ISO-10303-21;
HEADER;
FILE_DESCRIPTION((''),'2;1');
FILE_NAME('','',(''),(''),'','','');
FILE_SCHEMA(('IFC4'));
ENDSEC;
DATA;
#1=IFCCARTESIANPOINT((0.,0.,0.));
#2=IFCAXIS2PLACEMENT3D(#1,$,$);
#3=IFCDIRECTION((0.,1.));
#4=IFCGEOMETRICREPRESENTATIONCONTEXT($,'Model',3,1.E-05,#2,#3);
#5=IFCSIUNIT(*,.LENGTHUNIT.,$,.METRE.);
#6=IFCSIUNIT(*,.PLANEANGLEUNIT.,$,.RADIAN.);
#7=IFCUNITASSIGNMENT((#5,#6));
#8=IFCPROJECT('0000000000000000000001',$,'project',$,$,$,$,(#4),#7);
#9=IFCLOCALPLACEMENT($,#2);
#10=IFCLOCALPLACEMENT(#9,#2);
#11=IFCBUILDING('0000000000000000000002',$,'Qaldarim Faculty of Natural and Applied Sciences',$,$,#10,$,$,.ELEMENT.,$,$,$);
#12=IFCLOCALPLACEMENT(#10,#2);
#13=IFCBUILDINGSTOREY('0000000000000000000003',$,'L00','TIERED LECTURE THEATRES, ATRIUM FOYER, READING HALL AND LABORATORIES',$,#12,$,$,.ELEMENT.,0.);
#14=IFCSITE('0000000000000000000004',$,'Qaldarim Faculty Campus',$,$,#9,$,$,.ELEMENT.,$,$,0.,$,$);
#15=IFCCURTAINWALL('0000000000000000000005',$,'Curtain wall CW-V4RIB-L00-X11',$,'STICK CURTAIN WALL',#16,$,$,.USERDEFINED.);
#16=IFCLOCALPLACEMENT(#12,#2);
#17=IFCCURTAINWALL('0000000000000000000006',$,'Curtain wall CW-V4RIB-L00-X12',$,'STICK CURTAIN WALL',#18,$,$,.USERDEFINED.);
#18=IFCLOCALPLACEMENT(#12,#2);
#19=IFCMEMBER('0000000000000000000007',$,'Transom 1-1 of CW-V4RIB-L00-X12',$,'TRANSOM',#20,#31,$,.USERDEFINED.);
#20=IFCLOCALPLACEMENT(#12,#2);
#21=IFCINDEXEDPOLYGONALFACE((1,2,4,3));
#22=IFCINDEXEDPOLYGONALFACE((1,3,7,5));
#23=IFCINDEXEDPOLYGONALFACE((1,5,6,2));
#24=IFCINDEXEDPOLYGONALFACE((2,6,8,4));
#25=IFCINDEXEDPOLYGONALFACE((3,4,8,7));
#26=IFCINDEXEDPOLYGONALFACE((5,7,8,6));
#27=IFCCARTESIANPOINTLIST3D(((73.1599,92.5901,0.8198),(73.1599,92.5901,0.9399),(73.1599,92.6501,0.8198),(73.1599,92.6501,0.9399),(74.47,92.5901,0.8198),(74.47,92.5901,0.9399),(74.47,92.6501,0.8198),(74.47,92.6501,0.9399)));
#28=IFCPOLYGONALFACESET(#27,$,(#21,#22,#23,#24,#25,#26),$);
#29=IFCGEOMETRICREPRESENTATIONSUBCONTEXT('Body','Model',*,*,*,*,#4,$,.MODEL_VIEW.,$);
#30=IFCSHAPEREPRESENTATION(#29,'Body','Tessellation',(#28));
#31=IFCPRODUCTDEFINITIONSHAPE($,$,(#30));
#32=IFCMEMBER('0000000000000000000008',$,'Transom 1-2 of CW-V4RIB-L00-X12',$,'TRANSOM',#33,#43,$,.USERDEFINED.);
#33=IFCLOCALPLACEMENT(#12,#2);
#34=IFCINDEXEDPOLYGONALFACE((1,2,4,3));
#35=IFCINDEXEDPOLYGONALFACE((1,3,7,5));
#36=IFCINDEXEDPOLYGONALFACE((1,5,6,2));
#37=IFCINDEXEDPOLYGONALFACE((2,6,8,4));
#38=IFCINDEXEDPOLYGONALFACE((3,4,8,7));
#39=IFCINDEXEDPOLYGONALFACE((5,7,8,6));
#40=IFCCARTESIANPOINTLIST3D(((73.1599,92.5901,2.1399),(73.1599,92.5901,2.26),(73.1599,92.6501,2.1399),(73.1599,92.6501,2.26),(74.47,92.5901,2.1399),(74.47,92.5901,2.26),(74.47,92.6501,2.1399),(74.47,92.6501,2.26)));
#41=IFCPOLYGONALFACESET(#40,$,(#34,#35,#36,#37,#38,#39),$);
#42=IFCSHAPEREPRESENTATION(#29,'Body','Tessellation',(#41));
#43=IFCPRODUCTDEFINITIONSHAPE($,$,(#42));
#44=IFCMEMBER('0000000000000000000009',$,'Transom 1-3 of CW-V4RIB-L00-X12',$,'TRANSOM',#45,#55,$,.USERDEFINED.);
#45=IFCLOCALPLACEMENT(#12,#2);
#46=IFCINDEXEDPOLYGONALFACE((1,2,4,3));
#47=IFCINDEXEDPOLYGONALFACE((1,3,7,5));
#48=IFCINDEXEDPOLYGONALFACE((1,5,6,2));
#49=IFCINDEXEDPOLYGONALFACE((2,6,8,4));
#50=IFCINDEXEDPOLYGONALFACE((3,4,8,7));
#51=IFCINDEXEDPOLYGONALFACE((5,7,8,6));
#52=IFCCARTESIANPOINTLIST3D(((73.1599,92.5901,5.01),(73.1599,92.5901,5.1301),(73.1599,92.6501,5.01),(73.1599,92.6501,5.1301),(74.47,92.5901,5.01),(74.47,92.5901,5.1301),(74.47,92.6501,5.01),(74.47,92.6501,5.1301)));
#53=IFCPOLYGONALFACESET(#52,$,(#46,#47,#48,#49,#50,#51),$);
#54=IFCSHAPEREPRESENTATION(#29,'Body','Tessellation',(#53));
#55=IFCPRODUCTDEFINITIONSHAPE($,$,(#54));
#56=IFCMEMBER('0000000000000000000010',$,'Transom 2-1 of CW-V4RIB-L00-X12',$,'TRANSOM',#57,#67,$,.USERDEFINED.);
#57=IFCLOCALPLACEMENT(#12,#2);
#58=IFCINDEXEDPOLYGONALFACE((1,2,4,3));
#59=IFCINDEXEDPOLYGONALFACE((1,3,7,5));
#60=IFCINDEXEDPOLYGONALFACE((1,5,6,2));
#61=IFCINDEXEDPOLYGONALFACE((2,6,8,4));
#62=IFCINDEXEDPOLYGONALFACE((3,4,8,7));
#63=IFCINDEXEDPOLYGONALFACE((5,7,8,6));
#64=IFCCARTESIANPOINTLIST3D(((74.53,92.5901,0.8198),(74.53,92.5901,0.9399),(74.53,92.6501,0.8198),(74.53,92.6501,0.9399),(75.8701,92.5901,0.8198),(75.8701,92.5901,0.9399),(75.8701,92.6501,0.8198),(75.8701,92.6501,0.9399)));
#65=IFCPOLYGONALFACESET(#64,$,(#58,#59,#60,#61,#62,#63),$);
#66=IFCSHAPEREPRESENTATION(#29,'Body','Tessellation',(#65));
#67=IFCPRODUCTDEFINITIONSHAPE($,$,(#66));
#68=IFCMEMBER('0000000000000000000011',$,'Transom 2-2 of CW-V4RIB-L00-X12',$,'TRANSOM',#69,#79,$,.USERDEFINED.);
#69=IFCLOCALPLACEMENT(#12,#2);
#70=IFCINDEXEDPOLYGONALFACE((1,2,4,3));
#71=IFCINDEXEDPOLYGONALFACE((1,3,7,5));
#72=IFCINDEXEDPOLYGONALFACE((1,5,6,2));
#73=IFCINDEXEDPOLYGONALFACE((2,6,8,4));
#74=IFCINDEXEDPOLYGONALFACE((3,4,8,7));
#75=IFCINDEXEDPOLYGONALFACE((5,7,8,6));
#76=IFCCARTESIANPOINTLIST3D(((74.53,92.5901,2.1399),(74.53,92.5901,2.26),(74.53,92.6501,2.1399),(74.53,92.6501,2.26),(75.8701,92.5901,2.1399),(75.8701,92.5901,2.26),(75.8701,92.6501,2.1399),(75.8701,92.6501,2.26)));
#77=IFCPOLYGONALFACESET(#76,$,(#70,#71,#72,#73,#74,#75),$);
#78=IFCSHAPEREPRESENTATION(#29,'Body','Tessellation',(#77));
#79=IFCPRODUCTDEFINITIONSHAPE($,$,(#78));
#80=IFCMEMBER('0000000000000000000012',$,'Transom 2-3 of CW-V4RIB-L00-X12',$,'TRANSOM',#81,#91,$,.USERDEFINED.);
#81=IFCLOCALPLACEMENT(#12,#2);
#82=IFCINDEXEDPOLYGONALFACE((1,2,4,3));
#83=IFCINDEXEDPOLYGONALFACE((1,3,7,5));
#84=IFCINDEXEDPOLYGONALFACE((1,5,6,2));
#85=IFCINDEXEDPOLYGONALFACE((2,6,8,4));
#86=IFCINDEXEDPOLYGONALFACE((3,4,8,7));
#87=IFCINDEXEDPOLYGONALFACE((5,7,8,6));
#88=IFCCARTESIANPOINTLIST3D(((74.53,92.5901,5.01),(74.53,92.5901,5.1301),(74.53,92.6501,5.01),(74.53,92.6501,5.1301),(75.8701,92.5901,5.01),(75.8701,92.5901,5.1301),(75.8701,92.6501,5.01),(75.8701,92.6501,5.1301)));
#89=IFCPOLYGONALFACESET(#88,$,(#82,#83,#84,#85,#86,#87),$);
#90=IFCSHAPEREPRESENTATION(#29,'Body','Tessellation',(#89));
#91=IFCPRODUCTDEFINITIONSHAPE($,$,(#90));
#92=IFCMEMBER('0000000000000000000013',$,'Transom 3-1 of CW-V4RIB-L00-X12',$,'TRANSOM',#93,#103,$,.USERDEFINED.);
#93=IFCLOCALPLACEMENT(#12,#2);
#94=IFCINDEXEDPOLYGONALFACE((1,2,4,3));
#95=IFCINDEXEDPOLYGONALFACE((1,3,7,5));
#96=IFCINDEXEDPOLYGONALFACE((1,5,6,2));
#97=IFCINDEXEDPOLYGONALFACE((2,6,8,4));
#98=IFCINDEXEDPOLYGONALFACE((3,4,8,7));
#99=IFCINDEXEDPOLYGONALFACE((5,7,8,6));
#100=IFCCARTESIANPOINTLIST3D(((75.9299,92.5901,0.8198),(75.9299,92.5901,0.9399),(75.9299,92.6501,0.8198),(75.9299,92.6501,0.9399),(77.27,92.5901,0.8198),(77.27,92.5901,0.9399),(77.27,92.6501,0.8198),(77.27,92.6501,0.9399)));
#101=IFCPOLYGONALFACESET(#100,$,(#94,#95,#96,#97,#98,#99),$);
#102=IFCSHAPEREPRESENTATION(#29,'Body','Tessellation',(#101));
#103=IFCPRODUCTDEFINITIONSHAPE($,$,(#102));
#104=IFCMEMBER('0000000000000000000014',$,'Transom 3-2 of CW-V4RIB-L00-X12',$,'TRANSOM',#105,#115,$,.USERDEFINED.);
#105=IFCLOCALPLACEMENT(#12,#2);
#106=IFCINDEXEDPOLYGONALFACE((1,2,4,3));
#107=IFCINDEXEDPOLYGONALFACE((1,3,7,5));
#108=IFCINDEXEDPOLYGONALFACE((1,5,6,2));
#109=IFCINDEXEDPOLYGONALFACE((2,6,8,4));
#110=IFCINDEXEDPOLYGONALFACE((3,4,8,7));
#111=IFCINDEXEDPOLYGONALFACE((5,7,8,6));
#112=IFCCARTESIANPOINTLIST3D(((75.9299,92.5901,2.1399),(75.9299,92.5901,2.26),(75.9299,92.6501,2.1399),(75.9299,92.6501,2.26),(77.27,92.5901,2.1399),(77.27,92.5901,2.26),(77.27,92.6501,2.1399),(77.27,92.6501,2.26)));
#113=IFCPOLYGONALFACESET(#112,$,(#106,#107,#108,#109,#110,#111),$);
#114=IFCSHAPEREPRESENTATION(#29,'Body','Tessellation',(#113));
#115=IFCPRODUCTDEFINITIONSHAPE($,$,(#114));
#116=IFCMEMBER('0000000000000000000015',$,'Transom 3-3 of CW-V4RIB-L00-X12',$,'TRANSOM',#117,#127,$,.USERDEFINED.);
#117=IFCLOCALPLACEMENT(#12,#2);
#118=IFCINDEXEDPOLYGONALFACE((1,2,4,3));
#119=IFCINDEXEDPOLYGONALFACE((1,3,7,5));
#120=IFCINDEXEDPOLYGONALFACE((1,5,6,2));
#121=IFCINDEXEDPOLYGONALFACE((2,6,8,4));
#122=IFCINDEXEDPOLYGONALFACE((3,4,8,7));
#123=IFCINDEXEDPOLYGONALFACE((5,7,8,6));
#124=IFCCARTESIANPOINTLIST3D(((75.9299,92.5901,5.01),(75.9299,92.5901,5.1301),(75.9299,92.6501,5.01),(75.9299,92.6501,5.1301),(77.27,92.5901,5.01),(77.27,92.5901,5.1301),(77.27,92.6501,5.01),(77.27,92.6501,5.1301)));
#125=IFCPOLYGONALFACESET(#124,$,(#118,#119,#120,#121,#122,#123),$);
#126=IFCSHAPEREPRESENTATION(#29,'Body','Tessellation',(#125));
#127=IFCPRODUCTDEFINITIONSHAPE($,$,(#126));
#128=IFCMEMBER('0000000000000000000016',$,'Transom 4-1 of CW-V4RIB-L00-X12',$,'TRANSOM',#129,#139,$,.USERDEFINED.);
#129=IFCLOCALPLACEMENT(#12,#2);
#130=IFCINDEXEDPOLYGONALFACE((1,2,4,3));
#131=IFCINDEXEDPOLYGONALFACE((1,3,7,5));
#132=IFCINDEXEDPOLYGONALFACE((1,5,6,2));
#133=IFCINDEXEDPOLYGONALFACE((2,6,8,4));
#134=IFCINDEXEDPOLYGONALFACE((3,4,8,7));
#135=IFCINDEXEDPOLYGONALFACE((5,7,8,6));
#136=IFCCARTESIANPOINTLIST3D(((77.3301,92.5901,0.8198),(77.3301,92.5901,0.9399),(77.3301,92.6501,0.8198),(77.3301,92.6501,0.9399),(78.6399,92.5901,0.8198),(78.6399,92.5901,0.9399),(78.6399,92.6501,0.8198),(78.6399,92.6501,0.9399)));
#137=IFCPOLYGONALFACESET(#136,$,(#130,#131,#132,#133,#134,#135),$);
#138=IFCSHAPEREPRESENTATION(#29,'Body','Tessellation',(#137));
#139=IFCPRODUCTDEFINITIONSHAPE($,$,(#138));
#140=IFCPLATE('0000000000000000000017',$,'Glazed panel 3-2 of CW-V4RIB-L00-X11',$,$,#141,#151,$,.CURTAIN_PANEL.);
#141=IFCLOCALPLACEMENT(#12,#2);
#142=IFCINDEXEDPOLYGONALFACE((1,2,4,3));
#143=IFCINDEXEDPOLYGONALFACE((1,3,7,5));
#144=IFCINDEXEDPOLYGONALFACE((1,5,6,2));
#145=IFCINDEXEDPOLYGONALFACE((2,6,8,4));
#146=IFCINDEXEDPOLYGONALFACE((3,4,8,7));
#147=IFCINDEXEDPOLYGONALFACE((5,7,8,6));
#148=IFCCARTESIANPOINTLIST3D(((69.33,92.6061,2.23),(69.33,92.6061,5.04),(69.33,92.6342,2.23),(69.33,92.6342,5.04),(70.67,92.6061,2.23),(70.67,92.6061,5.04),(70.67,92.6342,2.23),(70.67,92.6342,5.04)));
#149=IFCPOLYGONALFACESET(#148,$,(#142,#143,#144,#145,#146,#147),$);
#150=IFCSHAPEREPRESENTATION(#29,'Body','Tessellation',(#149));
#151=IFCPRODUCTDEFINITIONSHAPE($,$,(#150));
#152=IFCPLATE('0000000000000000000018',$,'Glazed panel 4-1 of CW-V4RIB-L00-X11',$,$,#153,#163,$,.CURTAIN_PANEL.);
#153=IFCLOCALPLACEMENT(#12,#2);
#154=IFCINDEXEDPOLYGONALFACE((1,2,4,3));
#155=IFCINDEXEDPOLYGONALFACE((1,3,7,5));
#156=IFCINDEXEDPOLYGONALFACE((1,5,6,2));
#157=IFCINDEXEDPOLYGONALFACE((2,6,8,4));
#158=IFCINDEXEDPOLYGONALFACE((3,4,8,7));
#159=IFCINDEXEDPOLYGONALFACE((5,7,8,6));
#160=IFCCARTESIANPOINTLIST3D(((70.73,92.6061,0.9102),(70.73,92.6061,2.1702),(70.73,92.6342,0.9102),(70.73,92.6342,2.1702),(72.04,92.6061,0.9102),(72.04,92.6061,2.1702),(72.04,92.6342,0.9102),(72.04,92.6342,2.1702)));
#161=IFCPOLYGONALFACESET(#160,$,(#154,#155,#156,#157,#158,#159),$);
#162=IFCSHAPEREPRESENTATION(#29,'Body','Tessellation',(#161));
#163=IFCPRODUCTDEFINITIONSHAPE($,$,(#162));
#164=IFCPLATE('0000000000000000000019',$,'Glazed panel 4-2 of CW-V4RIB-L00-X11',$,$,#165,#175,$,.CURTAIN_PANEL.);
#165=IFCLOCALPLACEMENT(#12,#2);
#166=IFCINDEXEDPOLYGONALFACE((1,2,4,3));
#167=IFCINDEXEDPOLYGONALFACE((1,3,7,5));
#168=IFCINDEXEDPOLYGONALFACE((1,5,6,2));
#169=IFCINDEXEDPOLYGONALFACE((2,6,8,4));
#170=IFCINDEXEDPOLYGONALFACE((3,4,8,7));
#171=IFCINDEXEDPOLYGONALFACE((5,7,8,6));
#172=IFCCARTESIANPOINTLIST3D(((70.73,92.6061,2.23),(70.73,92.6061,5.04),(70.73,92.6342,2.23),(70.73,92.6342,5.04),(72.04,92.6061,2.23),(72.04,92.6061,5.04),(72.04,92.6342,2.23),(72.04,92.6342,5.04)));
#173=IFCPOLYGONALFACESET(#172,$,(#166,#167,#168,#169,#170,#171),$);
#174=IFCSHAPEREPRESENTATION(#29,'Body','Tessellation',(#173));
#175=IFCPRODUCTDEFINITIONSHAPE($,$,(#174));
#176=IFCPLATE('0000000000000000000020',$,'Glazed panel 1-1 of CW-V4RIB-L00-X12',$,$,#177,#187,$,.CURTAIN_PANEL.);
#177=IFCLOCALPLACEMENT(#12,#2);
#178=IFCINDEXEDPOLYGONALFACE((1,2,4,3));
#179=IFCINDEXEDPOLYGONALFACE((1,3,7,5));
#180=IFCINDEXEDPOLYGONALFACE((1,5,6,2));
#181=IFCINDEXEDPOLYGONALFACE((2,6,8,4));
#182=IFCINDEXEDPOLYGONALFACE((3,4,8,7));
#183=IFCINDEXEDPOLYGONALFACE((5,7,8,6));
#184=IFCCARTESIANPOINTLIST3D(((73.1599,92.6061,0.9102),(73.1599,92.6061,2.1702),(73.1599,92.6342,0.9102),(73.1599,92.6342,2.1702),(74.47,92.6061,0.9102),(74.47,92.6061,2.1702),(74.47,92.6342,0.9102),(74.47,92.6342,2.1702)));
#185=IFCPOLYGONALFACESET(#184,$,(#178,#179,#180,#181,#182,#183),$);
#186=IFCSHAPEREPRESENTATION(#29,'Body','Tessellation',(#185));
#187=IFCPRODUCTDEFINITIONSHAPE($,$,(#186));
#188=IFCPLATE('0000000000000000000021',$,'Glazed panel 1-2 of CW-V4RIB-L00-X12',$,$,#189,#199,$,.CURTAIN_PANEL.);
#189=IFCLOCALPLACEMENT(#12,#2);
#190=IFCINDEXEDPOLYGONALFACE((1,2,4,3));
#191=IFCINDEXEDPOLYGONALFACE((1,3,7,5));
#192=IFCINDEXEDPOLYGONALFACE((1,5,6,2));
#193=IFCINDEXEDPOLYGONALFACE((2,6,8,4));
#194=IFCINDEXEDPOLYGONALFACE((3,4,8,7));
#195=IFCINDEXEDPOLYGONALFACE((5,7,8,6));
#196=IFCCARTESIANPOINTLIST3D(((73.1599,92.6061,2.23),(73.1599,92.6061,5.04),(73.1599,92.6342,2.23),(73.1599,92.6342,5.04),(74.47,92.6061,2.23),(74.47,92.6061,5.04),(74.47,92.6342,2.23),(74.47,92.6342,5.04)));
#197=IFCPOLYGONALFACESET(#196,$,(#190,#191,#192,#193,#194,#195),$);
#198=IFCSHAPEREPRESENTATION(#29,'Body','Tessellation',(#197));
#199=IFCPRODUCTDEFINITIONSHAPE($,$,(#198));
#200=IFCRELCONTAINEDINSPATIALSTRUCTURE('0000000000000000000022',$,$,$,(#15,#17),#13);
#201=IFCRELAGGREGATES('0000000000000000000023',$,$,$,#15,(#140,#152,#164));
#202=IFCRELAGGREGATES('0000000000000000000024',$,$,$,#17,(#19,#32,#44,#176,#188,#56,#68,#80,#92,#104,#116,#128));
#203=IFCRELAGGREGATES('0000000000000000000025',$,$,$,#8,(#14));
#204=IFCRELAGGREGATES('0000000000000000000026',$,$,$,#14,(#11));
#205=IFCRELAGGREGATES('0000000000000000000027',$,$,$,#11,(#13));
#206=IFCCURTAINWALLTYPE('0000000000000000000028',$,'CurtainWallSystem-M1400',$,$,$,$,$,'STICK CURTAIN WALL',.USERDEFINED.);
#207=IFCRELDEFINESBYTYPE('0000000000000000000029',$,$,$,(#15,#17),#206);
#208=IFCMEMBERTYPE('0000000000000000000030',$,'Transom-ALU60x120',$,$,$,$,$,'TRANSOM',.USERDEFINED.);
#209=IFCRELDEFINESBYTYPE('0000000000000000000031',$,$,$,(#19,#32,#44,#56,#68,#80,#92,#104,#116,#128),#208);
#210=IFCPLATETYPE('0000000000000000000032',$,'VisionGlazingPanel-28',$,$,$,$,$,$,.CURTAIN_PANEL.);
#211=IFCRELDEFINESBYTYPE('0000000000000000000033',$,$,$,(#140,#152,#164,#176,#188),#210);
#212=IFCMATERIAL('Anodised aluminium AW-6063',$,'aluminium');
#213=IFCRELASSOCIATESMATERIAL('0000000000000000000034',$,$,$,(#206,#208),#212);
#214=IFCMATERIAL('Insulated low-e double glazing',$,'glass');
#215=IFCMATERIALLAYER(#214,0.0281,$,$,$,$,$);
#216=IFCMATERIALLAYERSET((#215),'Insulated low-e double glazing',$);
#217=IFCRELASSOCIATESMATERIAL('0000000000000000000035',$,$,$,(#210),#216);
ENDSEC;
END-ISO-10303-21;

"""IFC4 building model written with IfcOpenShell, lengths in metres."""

from ifc_helpers import new_model, si_unit, direction, frame, origin, origin_2d, place, context, subcontext, project, spatial, rectangle, extrude, material, layer, layer_set, material_profile, profile_set, type_object, element, aggregate, save


model = new_model("IFC4")

# Units and contexts
model_context = context("Model", 3, precision=1e-05, world=origin(), true_north=direction((0.0, 1.0)))
body_context = subcontext(model_context, "Body", "Model", "MODEL_VIEW")
ifc_project = project(units=[si_unit("LENGTHUNIT", "METRE"), si_unit("PLANEANGLEUNIT", "RADIAN")], contexts=[model_context])

# Site, building, storey
site_placement = place(None, origin())
site = spatial("IfcSite", under=ifc_project, at=site_placement, Name="Qaldarim Faculty Campus", CompositionType="ELEMENT", RefElevation=0.0)
building_placement = place(site_placement, origin())
building = spatial("IfcBuilding", under=site, at=building_placement, Name="Qaldarim Faculty of Natural and Applied Sciences", CompositionType="ELEMENT")
storey_placement = place(building_placement, origin())
storey = spatial("IfcBuildingStorey", under=building, at=storey_placement, Name="L00", Description="TIERED LECTURE THEATRES, ATRIUM FOYER, READING HALL AND LABORATORIES", CompositionType="ELEMENT", Elevation=0.0)

# Curtain walls
ifc_material_1 = material(Name="Anodised aluminium AW-6063", Category="aluminium")
curtain_wall_type = type_object("IfcCurtainWallType", Name="CurtainWallSystem-M1400", ElementType="STICK CURTAIN WALL", PredefinedType="USERDEFINED", material=ifc_material_1)
curtain_wall_1_placement = place(storey_placement, origin())
curtain_wall_1 = element("IfcCurtainWall", 1, at=curtain_wall_1_placement, inside=storey, type_object=curtain_wall_type, Name="Curtain wall CW-V4RIB-L00-X11", ObjectType="STICK CURTAIN WALL", PredefinedType="USERDEFINED")
curtain_wall_2_placement = place(storey_placement, origin())
curtain_wall_2 = element("IfcCurtainWall", 2, at=curtain_wall_2_placement, inside=storey, type_object=curtain_wall_type, Name="Curtain wall CW-V4RIB-L00-X12", ObjectType="STICK CURTAIN WALL", PredefinedType="USERDEFINED")

# Members
ifc_material_profile_1 = material_profile(ifc_material_1, rectangle(XDim=0.0601, YDim=0.1201, at=origin_2d()), Name="ALU-T60x120")
ifc_profile_set_1 = profile_set([ifc_material_profile_1], Name="Anodised aluminium AW-6063")
member_type_1 = type_object("IfcMemberType", Name="Transom-ALU60x120", ElementType="TRANSOM", PredefinedType="USERDEFINED", material=ifc_profile_set_1)
member_1_placement = place(storey_placement, frame((73.1599, 92.6201, 0.8799), z_axis=(1.0, 0.0, 0.0), x_axis=(0.0, 1.0, 0.0)))
member_1 = element("IfcMember", 3, at=member_1_placement, type_object=member_type_1, Name="Transom 1-1 of CW-V4RIB-L00-X12", ObjectType="TRANSOM", PredefinedType="USERDEFINED", context=body_context, shape_type="SweptSolid", body=[
    extrude(rectangle(XDim=0.0601, YDim=0.1201, at=origin_2d()), origin(), (0.0, 0.0, 1.0), 1.3101),
])
member_2_placement = place(storey_placement, frame((73.1599, 92.6201, 2.2), z_axis=(1.0, 0.0, 0.0), x_axis=(0.0, 1.0, 0.0)))
member_2 = element("IfcMember", 4, at=member_2_placement, type_object=member_type_1, Name="Transom 1-2 of CW-V4RIB-L00-X12", ObjectType="TRANSOM", PredefinedType="USERDEFINED", context=body_context, shape_type="SweptSolid", body=[
    extrude(rectangle(XDim=0.0601, YDim=0.1201, at=origin_2d()), origin(), (0.0, 0.0, 1.0), 1.3101),
])
member_3_placement = place(storey_placement, frame((73.1599, 92.6201, 5.0701), z_axis=(1.0, 0.0, 0.0), x_axis=(0.0, 1.0, 0.0)))
member_3 = element("IfcMember", 5, at=member_3_placement, type_object=member_type_1, Name="Transom 1-3 of CW-V4RIB-L00-X12", ObjectType="TRANSOM", PredefinedType="USERDEFINED", context=body_context, shape_type="SweptSolid", body=[
    extrude(rectangle(XDim=0.0601, YDim=0.1201, at=origin_2d()), origin(), (0.0, 0.0, 1.0), 1.3101),
])
member_4_placement = place(storey_placement, frame((74.53, 92.6201, 0.8799), z_axis=(1.0, 0.0, 0.0), x_axis=(0.0, 1.0, 0.0)))
member_4 = element("IfcMember", 6, at=member_4_placement, type_object=member_type_1, Name="Transom 2-1 of CW-V4RIB-L00-X12", ObjectType="TRANSOM", PredefinedType="USERDEFINED", context=body_context, shape_type="SweptSolid", body=[
    extrude(rectangle(XDim=0.0601, YDim=0.1201, at=origin_2d()), origin(), (0.0, 0.0, 1.0), 1.3401),
])
member_5_placement = place(storey_placement, frame((74.53, 92.6201, 2.2), z_axis=(1.0, 0.0, 0.0), x_axis=(0.0, 1.0, 0.0)))
member_5 = element("IfcMember", 7, at=member_5_placement, type_object=member_type_1, Name="Transom 2-2 of CW-V4RIB-L00-X12", ObjectType="TRANSOM", PredefinedType="USERDEFINED", context=body_context, shape_type="SweptSolid", body=[
    extrude(rectangle(XDim=0.0601, YDim=0.1201, at=origin_2d()), origin(), (0.0, 0.0, 1.0), 1.3401),
])
member_6_placement = place(storey_placement, frame((74.53, 92.6201, 5.0701), z_axis=(1.0, 0.0, 0.0), x_axis=(0.0, 1.0, 0.0)))
member_6 = element("IfcMember", 8, at=member_6_placement, type_object=member_type_1, Name="Transom 2-3 of CW-V4RIB-L00-X12", ObjectType="TRANSOM", PredefinedType="USERDEFINED", context=body_context, shape_type="SweptSolid", body=[
    extrude(rectangle(XDim=0.0601, YDim=0.1201, at=origin_2d()), origin(), (0.0, 0.0, 1.0), 1.3401),
])
member_7_placement = place(storey_placement, frame((75.9299, 92.6201, 0.8799), z_axis=(1.0, 0.0, 0.0), x_axis=(0.0, 1.0, 0.0)))
member_7 = element("IfcMember", 9, at=member_7_placement, type_object=member_type_1, Name="Transom 3-1 of CW-V4RIB-L00-X12", ObjectType="TRANSOM", PredefinedType="USERDEFINED", context=body_context, shape_type="SweptSolid", body=[
    extrude(rectangle(XDim=0.0601, YDim=0.1201, at=origin_2d()), origin(), (0.0, 0.0, 1.0), 1.3401),
])
member_8_placement = place(storey_placement, frame((75.9299, 92.6201, 2.2), z_axis=(1.0, 0.0, 0.0), x_axis=(0.0, 1.0, 0.0)))
member_8 = element("IfcMember", 10, at=member_8_placement, type_object=member_type_1, Name="Transom 3-2 of CW-V4RIB-L00-X12", ObjectType="TRANSOM", PredefinedType="USERDEFINED", context=body_context, shape_type="SweptSolid", body=[
    extrude(rectangle(XDim=0.0601, YDim=0.1201, at=origin_2d()), origin(), (0.0, 0.0, 1.0), 1.3401),
])
member_9_placement = place(storey_placement, frame((75.9299, 92.6201, 5.0701), z_axis=(1.0, 0.0, 0.0), x_axis=(0.0, 1.0, 0.0)))
member_9 = element("IfcMember", 11, at=member_9_placement, type_object=member_type_1, Name="Transom 3-3 of CW-V4RIB-L00-X12", ObjectType="TRANSOM", PredefinedType="USERDEFINED", context=body_context, shape_type="SweptSolid", body=[
    extrude(rectangle(XDim=0.0601, YDim=0.1201, at=origin_2d()), origin(), (0.0, 0.0, 1.0), 1.3401),
])
member_10_placement = place(storey_placement, frame((77.3301, 92.6201, 0.8799), z_axis=(1.0, 0.0, 0.0), x_axis=(0.0, 1.0, 0.0)))
member_10 = element("IfcMember", 12, at=member_10_placement, type_object=member_type_1, Name="Transom 4-1 of CW-V4RIB-L00-X12", ObjectType="TRANSOM", PredefinedType="USERDEFINED", context=body_context, shape_type="SweptSolid", body=[
    extrude(rectangle(XDim=0.0601, YDim=0.1201, at=origin_2d()), origin(), (0.0, 0.0, 1.0), 1.3098),
])

# Plates
ifc_material_2 = material(Name="Insulated low-e double glazing", Category="glass")
ifc_layer_1 = layer(ifc_material_2, 0.0281)
ifc_layer_set_1 = layer_set([ifc_layer_1], Name="Insulated low-e double glazing")
plate_type = type_object("IfcPlateType", Name="VisionGlazingPanel-28", PredefinedType="CURTAIN_PANEL", material=ifc_layer_set_1)
plate_1_placement = place(storey_placement, frame((70.0, 92.6201, 2.23), z_axis=(0.0, 0.0, 1.0), x_axis=(1.0, 0.0, 0.0)))
plate_1 = element("IfcPlate", 13, at=plate_1_placement, type_object=plate_type, Name="Glazed panel 3-2 of CW-V4RIB-L00-X11", PredefinedType="CURTAIN_PANEL", context=body_context, shape_type="SweptSolid", body=[
    extrude(rectangle(XDim=1.3401, YDim=0.0281, at=origin_2d()), origin(), (0.0, 0.0, 1.0), 2.8101),
])
plate_2_placement = place(storey_placement, frame((71.385, 92.6201, 0.9102), z_axis=(0.0, 0.0, 1.0), x_axis=(1.0, 0.0, 0.0)))
plate_2 = element("IfcPlate", 14, at=plate_2_placement, type_object=plate_type, Name="Glazed panel 4-1 of CW-V4RIB-L00-X11", PredefinedType="CURTAIN_PANEL", context=body_context, shape_type="SweptSolid", body=[
    extrude(rectangle(XDim=1.3101, YDim=0.0281, at=origin_2d()), origin(), (0.0, 0.0, 1.0), 1.26),
])
plate_3_placement = place(storey_placement, frame((71.385, 92.6201, 2.23), z_axis=(0.0, 0.0, 1.0), x_axis=(1.0, 0.0, 0.0)))
plate_3 = element("IfcPlate", 15, at=plate_3_placement, type_object=plate_type, Name="Glazed panel 4-2 of CW-V4RIB-L00-X11", PredefinedType="CURTAIN_PANEL", context=body_context, shape_type="SweptSolid", body=[
    extrude(rectangle(XDim=1.3101, YDim=0.0281, at=origin_2d()), origin(), (0.0, 0.0, 1.0), 2.8101),
])
aggregate(curtain_wall_1, [plate_1, plate_2, plate_3])
plate_4_placement = place(storey_placement, frame((73.8149, 92.6201, 0.9102), z_axis=(0.0, 0.0, 1.0), x_axis=(1.0, 0.0, 0.0)))
plate_4 = element("IfcPlate", 16, at=plate_4_placement, type_object=plate_type, Name="Glazed panel 1-1 of CW-V4RIB-L00-X12", PredefinedType="CURTAIN_PANEL", context=body_context, shape_type="SweptSolid", body=[
    extrude(rectangle(XDim=1.3101, YDim=0.0281, at=origin_2d()), origin(), (0.0, 0.0, 1.0), 1.26),
])
plate_5_placement = place(storey_placement, frame((73.8149, 92.6201, 2.23), z_axis=(0.0, 0.0, 1.0), x_axis=(1.0, 0.0, 0.0)))
plate_5 = element("IfcPlate", 17, at=plate_5_placement, type_object=plate_type, Name="Glazed panel 1-2 of CW-V4RIB-L00-X12", PredefinedType="CURTAIN_PANEL", context=body_context, shape_type="SweptSolid", body=[
    extrude(rectangle(XDim=1.3101, YDim=0.0281, at=origin_2d()), origin(), (0.0, 0.0, 1.0), 2.8101),
])
aggregate(curtain_wall_2, [member_1, member_2, member_3, plate_4, plate_5, member_4, member_5, member_6, member_7, member_8, member_9, member_10])

save(model, "model.ifc")
